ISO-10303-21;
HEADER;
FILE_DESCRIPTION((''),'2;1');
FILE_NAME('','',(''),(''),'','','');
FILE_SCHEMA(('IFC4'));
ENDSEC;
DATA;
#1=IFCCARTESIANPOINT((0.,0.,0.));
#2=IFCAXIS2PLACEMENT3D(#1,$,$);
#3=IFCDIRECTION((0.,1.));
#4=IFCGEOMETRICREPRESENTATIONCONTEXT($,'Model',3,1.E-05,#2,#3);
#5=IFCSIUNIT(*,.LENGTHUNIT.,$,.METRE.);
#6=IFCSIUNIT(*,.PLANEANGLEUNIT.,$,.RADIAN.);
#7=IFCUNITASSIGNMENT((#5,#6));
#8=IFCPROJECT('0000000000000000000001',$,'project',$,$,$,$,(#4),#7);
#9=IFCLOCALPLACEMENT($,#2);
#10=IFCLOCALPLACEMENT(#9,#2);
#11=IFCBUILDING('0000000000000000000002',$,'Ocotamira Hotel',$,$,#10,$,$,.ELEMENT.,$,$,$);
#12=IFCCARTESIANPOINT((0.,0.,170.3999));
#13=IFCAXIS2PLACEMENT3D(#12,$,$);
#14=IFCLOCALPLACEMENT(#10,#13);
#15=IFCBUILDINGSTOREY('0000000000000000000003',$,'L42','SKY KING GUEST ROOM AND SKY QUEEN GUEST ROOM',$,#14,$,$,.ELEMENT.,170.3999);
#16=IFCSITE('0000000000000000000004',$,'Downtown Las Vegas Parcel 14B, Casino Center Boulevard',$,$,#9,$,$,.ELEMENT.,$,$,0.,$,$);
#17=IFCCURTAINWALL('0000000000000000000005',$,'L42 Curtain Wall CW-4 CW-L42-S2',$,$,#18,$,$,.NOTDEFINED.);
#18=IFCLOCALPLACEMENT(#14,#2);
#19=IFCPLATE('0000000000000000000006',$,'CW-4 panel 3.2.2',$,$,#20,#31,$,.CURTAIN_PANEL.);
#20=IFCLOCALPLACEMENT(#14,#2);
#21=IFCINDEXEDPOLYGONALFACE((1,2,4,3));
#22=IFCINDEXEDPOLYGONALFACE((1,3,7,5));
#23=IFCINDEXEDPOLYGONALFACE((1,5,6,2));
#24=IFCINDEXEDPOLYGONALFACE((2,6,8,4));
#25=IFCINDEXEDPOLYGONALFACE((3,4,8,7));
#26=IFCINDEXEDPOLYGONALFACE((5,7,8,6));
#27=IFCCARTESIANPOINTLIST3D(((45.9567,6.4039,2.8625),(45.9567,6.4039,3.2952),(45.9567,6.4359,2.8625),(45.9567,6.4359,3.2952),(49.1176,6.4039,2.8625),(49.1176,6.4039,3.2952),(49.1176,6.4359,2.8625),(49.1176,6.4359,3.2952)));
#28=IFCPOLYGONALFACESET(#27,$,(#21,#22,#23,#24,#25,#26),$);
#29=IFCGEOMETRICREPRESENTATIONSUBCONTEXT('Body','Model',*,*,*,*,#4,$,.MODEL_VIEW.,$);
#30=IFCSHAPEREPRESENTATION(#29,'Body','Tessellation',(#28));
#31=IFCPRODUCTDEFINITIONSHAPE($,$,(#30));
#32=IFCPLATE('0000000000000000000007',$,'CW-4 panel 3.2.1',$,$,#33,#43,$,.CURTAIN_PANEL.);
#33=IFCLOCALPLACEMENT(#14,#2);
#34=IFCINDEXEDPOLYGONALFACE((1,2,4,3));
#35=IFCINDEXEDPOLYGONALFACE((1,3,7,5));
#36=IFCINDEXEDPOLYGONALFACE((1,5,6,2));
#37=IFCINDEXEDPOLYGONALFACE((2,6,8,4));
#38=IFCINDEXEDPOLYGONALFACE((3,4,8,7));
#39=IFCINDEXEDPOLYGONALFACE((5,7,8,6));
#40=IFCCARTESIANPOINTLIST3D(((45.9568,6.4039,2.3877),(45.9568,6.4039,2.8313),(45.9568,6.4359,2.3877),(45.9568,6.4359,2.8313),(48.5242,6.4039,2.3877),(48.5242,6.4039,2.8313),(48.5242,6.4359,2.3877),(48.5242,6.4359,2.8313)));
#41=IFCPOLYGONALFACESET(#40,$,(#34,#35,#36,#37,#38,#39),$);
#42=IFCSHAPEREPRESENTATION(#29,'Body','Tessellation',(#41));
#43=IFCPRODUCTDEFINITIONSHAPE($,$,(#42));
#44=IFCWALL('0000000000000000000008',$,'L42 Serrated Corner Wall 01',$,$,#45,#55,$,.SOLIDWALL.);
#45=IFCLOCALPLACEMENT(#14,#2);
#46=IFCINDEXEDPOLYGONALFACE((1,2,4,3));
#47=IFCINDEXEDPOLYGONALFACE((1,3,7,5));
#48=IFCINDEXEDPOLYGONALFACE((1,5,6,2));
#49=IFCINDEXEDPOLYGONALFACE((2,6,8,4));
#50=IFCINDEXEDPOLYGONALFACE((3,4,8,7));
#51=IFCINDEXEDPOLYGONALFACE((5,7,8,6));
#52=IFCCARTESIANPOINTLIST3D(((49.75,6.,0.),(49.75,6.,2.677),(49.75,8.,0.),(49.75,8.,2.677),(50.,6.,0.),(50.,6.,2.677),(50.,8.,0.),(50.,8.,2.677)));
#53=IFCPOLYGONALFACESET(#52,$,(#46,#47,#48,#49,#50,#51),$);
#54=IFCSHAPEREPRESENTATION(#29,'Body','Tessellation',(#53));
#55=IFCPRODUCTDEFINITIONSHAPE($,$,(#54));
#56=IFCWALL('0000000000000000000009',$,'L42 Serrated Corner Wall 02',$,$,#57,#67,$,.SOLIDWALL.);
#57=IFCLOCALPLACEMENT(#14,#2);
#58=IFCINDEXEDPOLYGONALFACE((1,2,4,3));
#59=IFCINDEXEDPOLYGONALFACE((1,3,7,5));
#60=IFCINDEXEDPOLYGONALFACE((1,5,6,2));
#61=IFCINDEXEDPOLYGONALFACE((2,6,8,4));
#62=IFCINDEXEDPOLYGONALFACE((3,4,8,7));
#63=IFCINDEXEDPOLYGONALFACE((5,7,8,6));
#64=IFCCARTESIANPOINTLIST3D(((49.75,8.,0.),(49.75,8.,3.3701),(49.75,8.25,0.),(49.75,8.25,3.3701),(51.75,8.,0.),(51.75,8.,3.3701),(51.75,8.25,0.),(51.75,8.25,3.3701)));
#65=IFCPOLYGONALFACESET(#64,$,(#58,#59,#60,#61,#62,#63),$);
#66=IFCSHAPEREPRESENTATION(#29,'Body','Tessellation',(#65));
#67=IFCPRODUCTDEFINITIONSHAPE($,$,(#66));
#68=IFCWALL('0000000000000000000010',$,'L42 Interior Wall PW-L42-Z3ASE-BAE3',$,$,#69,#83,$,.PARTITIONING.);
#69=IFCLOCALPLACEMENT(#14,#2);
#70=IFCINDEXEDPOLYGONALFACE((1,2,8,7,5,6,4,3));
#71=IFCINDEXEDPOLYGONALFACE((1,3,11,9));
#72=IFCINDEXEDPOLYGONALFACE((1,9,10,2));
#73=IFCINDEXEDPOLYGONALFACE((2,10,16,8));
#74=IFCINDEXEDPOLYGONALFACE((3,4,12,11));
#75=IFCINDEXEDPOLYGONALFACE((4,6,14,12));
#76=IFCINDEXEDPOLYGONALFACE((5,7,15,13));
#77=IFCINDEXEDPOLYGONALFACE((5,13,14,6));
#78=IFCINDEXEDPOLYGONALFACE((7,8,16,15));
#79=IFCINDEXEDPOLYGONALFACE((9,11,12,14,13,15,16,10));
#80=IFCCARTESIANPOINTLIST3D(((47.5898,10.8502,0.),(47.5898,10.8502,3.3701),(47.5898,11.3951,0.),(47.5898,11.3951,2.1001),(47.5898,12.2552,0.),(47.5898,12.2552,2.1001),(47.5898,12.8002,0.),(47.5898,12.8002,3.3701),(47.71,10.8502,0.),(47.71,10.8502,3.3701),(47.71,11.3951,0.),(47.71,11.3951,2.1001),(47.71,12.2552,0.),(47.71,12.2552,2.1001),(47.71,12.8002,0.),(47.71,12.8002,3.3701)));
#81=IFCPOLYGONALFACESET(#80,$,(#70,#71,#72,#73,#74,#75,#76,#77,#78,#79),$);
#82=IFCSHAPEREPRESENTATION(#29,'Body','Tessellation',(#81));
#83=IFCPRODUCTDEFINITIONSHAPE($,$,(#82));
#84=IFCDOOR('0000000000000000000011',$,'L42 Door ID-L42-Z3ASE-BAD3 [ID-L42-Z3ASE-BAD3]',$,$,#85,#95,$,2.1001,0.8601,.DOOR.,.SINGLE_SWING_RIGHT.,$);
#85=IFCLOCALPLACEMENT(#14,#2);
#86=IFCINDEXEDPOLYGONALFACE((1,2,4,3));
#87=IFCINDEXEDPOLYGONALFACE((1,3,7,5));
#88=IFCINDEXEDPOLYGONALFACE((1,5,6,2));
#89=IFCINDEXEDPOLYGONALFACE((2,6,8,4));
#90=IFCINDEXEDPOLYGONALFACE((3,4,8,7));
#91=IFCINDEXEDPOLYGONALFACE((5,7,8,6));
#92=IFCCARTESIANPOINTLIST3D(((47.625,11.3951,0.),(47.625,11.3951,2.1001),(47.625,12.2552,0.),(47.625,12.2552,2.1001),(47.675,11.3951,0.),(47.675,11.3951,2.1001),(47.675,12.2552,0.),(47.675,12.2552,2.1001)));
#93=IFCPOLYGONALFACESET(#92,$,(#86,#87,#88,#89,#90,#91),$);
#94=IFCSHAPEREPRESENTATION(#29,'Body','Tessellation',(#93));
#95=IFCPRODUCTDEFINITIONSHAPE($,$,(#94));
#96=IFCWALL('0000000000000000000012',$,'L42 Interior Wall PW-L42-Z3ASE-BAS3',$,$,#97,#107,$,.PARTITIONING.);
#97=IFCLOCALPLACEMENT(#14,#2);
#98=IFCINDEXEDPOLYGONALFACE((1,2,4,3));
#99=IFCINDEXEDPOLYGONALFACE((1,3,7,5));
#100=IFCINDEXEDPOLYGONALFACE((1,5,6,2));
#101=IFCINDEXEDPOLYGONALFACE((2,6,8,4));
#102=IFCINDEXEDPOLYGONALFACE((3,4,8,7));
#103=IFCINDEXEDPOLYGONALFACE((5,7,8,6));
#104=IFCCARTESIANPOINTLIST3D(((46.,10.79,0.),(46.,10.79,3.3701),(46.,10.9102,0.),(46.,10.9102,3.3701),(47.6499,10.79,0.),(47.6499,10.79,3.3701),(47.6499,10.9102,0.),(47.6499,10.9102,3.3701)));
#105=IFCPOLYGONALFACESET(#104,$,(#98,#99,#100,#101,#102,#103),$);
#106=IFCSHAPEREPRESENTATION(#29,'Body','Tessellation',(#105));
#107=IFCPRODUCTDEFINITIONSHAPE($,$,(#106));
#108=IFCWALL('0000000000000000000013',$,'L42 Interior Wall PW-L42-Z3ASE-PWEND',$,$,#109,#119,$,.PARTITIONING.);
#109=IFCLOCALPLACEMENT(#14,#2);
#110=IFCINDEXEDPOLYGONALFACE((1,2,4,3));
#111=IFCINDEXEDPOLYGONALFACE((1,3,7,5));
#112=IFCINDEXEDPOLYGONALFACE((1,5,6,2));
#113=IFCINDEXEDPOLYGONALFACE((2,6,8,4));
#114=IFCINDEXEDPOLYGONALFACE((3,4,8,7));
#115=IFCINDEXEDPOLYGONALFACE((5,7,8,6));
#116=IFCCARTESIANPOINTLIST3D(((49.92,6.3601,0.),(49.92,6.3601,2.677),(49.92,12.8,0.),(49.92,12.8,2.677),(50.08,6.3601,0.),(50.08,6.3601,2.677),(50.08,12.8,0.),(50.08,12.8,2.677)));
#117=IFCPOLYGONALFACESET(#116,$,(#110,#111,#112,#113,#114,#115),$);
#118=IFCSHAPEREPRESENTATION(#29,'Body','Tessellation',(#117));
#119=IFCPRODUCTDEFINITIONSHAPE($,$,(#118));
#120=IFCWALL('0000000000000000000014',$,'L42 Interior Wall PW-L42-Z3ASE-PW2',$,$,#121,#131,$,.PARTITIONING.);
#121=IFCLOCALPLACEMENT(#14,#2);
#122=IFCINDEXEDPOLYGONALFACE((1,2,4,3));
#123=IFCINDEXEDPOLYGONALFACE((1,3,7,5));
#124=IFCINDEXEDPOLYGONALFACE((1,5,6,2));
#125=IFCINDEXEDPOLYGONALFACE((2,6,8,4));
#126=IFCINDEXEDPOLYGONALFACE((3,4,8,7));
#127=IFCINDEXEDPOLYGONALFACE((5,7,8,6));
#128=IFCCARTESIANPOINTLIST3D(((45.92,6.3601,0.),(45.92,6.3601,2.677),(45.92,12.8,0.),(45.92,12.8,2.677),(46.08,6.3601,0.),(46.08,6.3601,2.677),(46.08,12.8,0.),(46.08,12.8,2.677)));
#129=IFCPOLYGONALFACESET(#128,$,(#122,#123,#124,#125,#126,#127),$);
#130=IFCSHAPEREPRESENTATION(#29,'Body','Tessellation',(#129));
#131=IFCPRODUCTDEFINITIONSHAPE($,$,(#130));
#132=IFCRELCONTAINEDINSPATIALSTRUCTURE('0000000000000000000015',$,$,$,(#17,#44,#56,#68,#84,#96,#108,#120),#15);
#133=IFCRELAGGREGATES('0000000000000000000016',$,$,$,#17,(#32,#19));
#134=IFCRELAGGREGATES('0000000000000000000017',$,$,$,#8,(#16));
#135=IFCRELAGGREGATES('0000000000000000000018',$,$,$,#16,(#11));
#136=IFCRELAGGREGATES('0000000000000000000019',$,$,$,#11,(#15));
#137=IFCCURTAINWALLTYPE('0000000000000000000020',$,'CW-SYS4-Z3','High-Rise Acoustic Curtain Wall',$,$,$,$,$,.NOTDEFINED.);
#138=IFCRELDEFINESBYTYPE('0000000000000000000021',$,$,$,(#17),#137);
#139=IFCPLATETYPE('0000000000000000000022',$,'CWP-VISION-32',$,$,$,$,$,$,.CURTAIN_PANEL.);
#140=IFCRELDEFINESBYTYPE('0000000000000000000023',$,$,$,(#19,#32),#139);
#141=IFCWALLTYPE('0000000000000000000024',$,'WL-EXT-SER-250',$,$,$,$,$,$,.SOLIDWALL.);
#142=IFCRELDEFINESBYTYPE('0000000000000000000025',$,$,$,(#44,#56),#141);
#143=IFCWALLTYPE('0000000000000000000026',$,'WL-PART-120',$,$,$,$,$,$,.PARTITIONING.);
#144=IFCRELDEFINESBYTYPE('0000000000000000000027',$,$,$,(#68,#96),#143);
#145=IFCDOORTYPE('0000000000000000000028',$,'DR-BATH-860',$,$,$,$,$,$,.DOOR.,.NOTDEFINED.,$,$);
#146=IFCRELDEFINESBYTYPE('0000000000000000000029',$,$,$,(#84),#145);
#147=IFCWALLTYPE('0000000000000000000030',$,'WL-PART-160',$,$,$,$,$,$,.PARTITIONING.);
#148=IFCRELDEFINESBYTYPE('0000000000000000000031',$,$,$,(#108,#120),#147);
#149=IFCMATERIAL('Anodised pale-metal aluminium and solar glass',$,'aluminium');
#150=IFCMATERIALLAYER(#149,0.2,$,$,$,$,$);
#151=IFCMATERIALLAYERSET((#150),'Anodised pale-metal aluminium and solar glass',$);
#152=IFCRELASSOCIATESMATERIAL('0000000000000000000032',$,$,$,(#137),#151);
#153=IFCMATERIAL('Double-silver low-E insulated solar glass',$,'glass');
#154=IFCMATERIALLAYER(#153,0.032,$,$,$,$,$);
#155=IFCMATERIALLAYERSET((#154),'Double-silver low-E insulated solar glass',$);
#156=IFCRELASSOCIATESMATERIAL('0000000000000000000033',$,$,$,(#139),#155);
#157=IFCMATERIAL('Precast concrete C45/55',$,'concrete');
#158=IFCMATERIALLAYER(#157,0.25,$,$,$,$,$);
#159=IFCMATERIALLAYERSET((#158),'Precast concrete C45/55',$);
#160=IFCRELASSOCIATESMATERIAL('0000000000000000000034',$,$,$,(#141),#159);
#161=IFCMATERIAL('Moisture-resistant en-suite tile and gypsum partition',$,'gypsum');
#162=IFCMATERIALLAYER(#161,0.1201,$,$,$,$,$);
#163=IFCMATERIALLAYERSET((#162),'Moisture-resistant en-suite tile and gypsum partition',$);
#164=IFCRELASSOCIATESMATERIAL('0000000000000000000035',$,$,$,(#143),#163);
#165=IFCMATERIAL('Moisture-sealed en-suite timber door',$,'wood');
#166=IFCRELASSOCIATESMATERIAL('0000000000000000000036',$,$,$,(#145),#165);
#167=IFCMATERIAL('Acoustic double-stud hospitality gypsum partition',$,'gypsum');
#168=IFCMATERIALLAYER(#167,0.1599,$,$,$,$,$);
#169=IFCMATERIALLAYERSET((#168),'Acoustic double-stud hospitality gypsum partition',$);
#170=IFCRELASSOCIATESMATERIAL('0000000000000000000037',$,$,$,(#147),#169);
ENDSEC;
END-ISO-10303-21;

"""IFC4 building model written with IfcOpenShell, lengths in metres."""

from ifc_helpers import new_model, si_unit, direction, frame, frame_2d, origin, origin_2d, place, context, subcontext, project, spatial, rectangle, extrude, source, transform, mapped, material, layer, layer_set, type_object, element, fill, aggregate, save


model = new_model("IFC4")

# Units and contexts
model_context = context("Model", 3, precision=1e-05, world=origin(), true_north=direction((0.0, 1.0)))
body_context = subcontext(model_context, "Body", "Model", "MODEL_VIEW")
ifc_project = project(units=[si_unit("LENGTHUNIT", "METRE"), si_unit("PLANEANGLEUNIT", "RADIAN")], contexts=[model_context])

# Site, building, storey
site_placement = place(None, origin())
site = spatial("IfcSite", under=ifc_project, at=site_placement, Name="Downtown Las Vegas Parcel 14B, Casino Center Boulevard", CompositionType="ELEMENT", RefElevation=0.0)
building_placement = place(site_placement, origin())
building = spatial("IfcBuilding", under=site, at=building_placement, Name="Ocotamira Hotel", CompositionType="ELEMENT")
storey_placement = place(building_placement, frame((0.0, 0.0, 170.3999)))
storey = spatial("IfcBuildingStorey", under=building, at=storey_placement, Name="L42", Description="SKY KING GUEST ROOM AND SKY QUEEN GUEST ROOM", CompositionType="ELEMENT", Elevation=170.3999)

# Curtain wall
ifc_material_1 = material(Name="Anodised pale-metal aluminium and solar glass", Category="aluminium")
ifc_layer_1 = layer(ifc_material_1, 0.2)
ifc_layer_set_1 = layer_set([ifc_layer_1], Name="Anodised pale-metal aluminium and solar glass")
curtain_wall_type = type_object("IfcCurtainWallType", Name="CW-SYS4-Z3", Description="High-Rise Acoustic Curtain Wall", PredefinedType="NOTDEFINED", material=ifc_layer_set_1)
curtain_wall_placement = place(storey_placement, origin())
curtain_wall = element("IfcCurtainWall", 1, at=curtain_wall_placement, inside=storey, type_object=curtain_wall_type, Name="L42 Curtain Wall CW-4 CW-L42-S2", PredefinedType="NOTDEFINED")

# Plates
ifc_material_2 = material(Name="Double-silver low-E insulated solar glass", Category="glass")
ifc_layer_2 = layer(ifc_material_2, 0.032)
ifc_layer_set_2 = layer_set([ifc_layer_2], Name="Double-silver low-E insulated solar glass")
plate_type_1 = type_object("IfcPlateType", Name="CWP-VISION-32", PredefinedType="CURTAIN_PANEL", material=ifc_layer_set_2)
shared_shape_1 = source(origin(), body_context, "Body", "SweptSolid", [
    extrude(rectangle(XDim=3.1609, YDim=0.032, at=origin_2d()), origin(), (0.0, 0.0, 1.0), 0.4326),
])
plate_1_placement = place(storey_placement, frame((47.5371, 6.4199, 2.8625), z_axis=(0.0, 0.0, 1.0), x_axis=(1.0, 0.0, 0.0)))
plate_1 = element("IfcPlate", 2, at=plate_1_placement, type_object=plate_type_1, Name="CW-4 panel 3.2.2", PredefinedType="CURTAIN_PANEL", context=body_context, shape_type="MappedRepresentation", body=[
    mapped(shared_shape_1, transform((0.0, 0.0, 0.0), scale=1.0)),
])
shared_shape_2 = source(origin(), body_context, "Body", "SweptSolid", [
    extrude(rectangle(XDim=2.5674, YDim=0.032, at=origin_2d()), origin(), (0.0, 0.0, 1.0), 0.4436),
])
plate_2_placement = place(storey_placement, frame((47.2405, 6.4199, 2.3877), z_axis=(0.0, 0.0, 1.0), x_axis=(1.0, 0.0, 0.0)))
plate_2 = element("IfcPlate", 3, at=plate_2_placement, type_object=plate_type_1, Name="CW-4 panel 3.2.1", PredefinedType="CURTAIN_PANEL", context=body_context, shape_type="MappedRepresentation", body=[
    mapped(shared_shape_2, transform((0.0, 0.0, 0.0), scale=1.0)),
])
aggregate(curtain_wall, [plate_2, plate_1])

# Walls
ifc_material_3 = material(Name="Precast concrete C45/55", Category="concrete")
ifc_layer_3 = layer(ifc_material_3, 0.25)
ifc_layer_set_3 = layer_set([ifc_layer_3], Name="Precast concrete C45/55")
wall_type_1 = type_object("IfcWallType", Name="WL-EXT-SER-250", PredefinedType="SOLIDWALL", material=ifc_layer_set_3)
wall_1_placement = place(storey_placement, frame((49.875, 6.0, 0.0), z_axis=(0.0, 0.0, 1.0), x_axis=(0.0, 1.0, 0.0)))
element("IfcWall", 4, at=wall_1_placement, inside=storey, type_object=wall_type_1, Name="L42 Serrated Corner Wall 01", PredefinedType="SOLIDWALL", context=body_context, shape_type="SweptSolid", body=[
    extrude(rectangle(XDim=2.0, YDim=0.25, at=frame_2d((1.0, 0.0))), origin(), (0.0, 0.0, 1.0), 2.677),
])
wall_2_placement = place(storey_placement, frame((49.75, 8.125, 0.0), z_axis=(0.0, 0.0, 1.0), x_axis=(1.0, 0.0, 0.0)))
element("IfcWall", 5, at=wall_2_placement, inside=storey, type_object=wall_type_1, Name="L42 Serrated Corner Wall 02", PredefinedType="SOLIDWALL", context=body_context, shape_type="SweptSolid", body=[
    extrude(rectangle(XDim=2.0, YDim=0.25, at=frame_2d((1.0, 0.0))), origin(), (0.0, 0.0, 1.0), 3.3701),
])

# Wall, opening, door
ifc_material_4 = material(Name="Moisture-resistant en-suite tile and gypsum partition", Category="gypsum")
ifc_layer_4 = layer(ifc_material_4, 0.1201)
ifc_layer_set_4 = layer_set([ifc_layer_4], Name="Moisture-resistant en-suite tile and gypsum partition")
wall_type_2 = type_object("IfcWallType", Name="WL-PART-120", PredefinedType="PARTITIONING", material=ifc_layer_set_4)
wall_3_placement = place(storey_placement, frame((47.6499, 10.8501, 0.0), z_axis=(0.0, 0.0, 1.0), x_axis=(0.0, 1.0, 0.0)))
wall_3 = element("IfcWall", 6, at=wall_3_placement, inside=storey, type_object=wall_type_2, Name="L42 Interior Wall PW-L42-Z3ASE-BAE3", PredefinedType="PARTITIONING", context=body_context, shape_type="SweptSolid", body=[
    extrude(rectangle(XDim=1.95, YDim=0.1201, at=frame_2d((0.9751, 0.0))), origin(), (0.0, 0.0, 1.0), 3.3701),
])
opening_placement = place(wall_3_placement, frame((0.5449, 0.0, 0.0)))
opening = element("IfcOpeningElement", 7, at=opening_placement, cuts=wall_3, PredefinedType="OPENING", context=body_context, shape_type="SweptSolid", body=[
    extrude(rectangle(XDim=0.8601, YDim=2.1001, at=frame_2d((0.4302, 1.05))), frame((0.0, 0.0701, 0.0), z_axis=(0.0, -1.0, 0.0), x_axis=(1.0, 0.0, 0.0)), (0.0, 0.0, 1.0), 0.1401),
])
ifc_material_5 = material(Name="Moisture-sealed en-suite timber door", Category="wood")
door_type = type_object("IfcDoorType", Name="DR-BATH-860", OperationType="NOTDEFINED", PredefinedType="DOOR", material=ifc_material_5)
shared_shape_3 = source(origin(), body_context, "Body", "SweptSolid", [
    extrude(rectangle(XDim=0.8601, YDim=2.1001, at=frame_2d((0.4302, 1.05))), frame((0.0, 0.0249, 0.0), z_axis=(0.0, -1.0, 0.0), x_axis=(1.0, 0.0, 0.0)), (0.0, 0.0, 1.0), 0.05),
])
door_placement = place(opening_placement, origin())
door = element("IfcDoor", 8, at=door_placement, inside=storey, type_object=door_type, Name="L42 Door ID-L42-Z3ASE-BAD3 [ID-L42-Z3ASE-BAD3]", OperationType="SINGLE_SWING_RIGHT", OverallHeight=2.1001, OverallWidth=0.8601, PredefinedType="DOOR", context=body_context, shape_type="MappedRepresentation", body=[
    mapped(shared_shape_3, transform((0.0, 0.0, 0.0), scale=1.0)),
])
fill(opening, door)

# Walls
wall_4_placement = place(storey_placement, frame((46.0, 10.8501, 0.0), z_axis=(0.0, 0.0, 1.0), x_axis=(1.0, 0.0, 0.0)))
element("IfcWall", 9, at=wall_4_placement, inside=storey, type_object=wall_type_2, Name="L42 Interior Wall PW-L42-Z3ASE-BAS3", PredefinedType="PARTITIONING", context=body_context, shape_type="SweptSolid", body=[
    extrude(rectangle(XDim=1.6499, YDim=0.1201, at=frame_2d((0.825, 0.0))), origin(), (0.0, 0.0, 1.0), 3.3701),
])
ifc_material_6 = material(Name="Acoustic double-stud hospitality gypsum partition", Category="gypsum")
ifc_layer_5 = layer(ifc_material_6, 0.1599)
ifc_layer_set_5 = layer_set([ifc_layer_5], Name="Acoustic double-stud hospitality gypsum partition")
wall_type_3 = type_object("IfcWallType", Name="WL-PART-160", PredefinedType="PARTITIONING", material=ifc_layer_set_5)
for number, where, z_axis, x_axis, name in (
    (10, (50.0, 6.3601, 0.0), (0.0, 0.0, 1.0), (0.0, 1.0, 0.0), "L42 Interior Wall PW-L42-Z3ASE-PWEND"),
    (11, (46.0, 6.3601, 0.0), (0.0, 0.0, 1.0), (0.0, 1.0, 0.0), "L42 Interior Wall PW-L42-Z3ASE-PW2"),
):
    element("IfcWall", number, at=place(storey_placement, frame(where, z_axis=z_axis, x_axis=x_axis)), inside=storey, type_object=wall_type_3, Name=name, PredefinedType="PARTITIONING", context=body_context, shape_type="SweptSolid", body=[
        extrude(rectangle(XDim=6.4399, YDim=0.1599, at=frame_2d((3.22, 0.0))), origin(), (0.0, 0.0, 1.0), 2.677),
    ])

save(model, "model.ifc")
